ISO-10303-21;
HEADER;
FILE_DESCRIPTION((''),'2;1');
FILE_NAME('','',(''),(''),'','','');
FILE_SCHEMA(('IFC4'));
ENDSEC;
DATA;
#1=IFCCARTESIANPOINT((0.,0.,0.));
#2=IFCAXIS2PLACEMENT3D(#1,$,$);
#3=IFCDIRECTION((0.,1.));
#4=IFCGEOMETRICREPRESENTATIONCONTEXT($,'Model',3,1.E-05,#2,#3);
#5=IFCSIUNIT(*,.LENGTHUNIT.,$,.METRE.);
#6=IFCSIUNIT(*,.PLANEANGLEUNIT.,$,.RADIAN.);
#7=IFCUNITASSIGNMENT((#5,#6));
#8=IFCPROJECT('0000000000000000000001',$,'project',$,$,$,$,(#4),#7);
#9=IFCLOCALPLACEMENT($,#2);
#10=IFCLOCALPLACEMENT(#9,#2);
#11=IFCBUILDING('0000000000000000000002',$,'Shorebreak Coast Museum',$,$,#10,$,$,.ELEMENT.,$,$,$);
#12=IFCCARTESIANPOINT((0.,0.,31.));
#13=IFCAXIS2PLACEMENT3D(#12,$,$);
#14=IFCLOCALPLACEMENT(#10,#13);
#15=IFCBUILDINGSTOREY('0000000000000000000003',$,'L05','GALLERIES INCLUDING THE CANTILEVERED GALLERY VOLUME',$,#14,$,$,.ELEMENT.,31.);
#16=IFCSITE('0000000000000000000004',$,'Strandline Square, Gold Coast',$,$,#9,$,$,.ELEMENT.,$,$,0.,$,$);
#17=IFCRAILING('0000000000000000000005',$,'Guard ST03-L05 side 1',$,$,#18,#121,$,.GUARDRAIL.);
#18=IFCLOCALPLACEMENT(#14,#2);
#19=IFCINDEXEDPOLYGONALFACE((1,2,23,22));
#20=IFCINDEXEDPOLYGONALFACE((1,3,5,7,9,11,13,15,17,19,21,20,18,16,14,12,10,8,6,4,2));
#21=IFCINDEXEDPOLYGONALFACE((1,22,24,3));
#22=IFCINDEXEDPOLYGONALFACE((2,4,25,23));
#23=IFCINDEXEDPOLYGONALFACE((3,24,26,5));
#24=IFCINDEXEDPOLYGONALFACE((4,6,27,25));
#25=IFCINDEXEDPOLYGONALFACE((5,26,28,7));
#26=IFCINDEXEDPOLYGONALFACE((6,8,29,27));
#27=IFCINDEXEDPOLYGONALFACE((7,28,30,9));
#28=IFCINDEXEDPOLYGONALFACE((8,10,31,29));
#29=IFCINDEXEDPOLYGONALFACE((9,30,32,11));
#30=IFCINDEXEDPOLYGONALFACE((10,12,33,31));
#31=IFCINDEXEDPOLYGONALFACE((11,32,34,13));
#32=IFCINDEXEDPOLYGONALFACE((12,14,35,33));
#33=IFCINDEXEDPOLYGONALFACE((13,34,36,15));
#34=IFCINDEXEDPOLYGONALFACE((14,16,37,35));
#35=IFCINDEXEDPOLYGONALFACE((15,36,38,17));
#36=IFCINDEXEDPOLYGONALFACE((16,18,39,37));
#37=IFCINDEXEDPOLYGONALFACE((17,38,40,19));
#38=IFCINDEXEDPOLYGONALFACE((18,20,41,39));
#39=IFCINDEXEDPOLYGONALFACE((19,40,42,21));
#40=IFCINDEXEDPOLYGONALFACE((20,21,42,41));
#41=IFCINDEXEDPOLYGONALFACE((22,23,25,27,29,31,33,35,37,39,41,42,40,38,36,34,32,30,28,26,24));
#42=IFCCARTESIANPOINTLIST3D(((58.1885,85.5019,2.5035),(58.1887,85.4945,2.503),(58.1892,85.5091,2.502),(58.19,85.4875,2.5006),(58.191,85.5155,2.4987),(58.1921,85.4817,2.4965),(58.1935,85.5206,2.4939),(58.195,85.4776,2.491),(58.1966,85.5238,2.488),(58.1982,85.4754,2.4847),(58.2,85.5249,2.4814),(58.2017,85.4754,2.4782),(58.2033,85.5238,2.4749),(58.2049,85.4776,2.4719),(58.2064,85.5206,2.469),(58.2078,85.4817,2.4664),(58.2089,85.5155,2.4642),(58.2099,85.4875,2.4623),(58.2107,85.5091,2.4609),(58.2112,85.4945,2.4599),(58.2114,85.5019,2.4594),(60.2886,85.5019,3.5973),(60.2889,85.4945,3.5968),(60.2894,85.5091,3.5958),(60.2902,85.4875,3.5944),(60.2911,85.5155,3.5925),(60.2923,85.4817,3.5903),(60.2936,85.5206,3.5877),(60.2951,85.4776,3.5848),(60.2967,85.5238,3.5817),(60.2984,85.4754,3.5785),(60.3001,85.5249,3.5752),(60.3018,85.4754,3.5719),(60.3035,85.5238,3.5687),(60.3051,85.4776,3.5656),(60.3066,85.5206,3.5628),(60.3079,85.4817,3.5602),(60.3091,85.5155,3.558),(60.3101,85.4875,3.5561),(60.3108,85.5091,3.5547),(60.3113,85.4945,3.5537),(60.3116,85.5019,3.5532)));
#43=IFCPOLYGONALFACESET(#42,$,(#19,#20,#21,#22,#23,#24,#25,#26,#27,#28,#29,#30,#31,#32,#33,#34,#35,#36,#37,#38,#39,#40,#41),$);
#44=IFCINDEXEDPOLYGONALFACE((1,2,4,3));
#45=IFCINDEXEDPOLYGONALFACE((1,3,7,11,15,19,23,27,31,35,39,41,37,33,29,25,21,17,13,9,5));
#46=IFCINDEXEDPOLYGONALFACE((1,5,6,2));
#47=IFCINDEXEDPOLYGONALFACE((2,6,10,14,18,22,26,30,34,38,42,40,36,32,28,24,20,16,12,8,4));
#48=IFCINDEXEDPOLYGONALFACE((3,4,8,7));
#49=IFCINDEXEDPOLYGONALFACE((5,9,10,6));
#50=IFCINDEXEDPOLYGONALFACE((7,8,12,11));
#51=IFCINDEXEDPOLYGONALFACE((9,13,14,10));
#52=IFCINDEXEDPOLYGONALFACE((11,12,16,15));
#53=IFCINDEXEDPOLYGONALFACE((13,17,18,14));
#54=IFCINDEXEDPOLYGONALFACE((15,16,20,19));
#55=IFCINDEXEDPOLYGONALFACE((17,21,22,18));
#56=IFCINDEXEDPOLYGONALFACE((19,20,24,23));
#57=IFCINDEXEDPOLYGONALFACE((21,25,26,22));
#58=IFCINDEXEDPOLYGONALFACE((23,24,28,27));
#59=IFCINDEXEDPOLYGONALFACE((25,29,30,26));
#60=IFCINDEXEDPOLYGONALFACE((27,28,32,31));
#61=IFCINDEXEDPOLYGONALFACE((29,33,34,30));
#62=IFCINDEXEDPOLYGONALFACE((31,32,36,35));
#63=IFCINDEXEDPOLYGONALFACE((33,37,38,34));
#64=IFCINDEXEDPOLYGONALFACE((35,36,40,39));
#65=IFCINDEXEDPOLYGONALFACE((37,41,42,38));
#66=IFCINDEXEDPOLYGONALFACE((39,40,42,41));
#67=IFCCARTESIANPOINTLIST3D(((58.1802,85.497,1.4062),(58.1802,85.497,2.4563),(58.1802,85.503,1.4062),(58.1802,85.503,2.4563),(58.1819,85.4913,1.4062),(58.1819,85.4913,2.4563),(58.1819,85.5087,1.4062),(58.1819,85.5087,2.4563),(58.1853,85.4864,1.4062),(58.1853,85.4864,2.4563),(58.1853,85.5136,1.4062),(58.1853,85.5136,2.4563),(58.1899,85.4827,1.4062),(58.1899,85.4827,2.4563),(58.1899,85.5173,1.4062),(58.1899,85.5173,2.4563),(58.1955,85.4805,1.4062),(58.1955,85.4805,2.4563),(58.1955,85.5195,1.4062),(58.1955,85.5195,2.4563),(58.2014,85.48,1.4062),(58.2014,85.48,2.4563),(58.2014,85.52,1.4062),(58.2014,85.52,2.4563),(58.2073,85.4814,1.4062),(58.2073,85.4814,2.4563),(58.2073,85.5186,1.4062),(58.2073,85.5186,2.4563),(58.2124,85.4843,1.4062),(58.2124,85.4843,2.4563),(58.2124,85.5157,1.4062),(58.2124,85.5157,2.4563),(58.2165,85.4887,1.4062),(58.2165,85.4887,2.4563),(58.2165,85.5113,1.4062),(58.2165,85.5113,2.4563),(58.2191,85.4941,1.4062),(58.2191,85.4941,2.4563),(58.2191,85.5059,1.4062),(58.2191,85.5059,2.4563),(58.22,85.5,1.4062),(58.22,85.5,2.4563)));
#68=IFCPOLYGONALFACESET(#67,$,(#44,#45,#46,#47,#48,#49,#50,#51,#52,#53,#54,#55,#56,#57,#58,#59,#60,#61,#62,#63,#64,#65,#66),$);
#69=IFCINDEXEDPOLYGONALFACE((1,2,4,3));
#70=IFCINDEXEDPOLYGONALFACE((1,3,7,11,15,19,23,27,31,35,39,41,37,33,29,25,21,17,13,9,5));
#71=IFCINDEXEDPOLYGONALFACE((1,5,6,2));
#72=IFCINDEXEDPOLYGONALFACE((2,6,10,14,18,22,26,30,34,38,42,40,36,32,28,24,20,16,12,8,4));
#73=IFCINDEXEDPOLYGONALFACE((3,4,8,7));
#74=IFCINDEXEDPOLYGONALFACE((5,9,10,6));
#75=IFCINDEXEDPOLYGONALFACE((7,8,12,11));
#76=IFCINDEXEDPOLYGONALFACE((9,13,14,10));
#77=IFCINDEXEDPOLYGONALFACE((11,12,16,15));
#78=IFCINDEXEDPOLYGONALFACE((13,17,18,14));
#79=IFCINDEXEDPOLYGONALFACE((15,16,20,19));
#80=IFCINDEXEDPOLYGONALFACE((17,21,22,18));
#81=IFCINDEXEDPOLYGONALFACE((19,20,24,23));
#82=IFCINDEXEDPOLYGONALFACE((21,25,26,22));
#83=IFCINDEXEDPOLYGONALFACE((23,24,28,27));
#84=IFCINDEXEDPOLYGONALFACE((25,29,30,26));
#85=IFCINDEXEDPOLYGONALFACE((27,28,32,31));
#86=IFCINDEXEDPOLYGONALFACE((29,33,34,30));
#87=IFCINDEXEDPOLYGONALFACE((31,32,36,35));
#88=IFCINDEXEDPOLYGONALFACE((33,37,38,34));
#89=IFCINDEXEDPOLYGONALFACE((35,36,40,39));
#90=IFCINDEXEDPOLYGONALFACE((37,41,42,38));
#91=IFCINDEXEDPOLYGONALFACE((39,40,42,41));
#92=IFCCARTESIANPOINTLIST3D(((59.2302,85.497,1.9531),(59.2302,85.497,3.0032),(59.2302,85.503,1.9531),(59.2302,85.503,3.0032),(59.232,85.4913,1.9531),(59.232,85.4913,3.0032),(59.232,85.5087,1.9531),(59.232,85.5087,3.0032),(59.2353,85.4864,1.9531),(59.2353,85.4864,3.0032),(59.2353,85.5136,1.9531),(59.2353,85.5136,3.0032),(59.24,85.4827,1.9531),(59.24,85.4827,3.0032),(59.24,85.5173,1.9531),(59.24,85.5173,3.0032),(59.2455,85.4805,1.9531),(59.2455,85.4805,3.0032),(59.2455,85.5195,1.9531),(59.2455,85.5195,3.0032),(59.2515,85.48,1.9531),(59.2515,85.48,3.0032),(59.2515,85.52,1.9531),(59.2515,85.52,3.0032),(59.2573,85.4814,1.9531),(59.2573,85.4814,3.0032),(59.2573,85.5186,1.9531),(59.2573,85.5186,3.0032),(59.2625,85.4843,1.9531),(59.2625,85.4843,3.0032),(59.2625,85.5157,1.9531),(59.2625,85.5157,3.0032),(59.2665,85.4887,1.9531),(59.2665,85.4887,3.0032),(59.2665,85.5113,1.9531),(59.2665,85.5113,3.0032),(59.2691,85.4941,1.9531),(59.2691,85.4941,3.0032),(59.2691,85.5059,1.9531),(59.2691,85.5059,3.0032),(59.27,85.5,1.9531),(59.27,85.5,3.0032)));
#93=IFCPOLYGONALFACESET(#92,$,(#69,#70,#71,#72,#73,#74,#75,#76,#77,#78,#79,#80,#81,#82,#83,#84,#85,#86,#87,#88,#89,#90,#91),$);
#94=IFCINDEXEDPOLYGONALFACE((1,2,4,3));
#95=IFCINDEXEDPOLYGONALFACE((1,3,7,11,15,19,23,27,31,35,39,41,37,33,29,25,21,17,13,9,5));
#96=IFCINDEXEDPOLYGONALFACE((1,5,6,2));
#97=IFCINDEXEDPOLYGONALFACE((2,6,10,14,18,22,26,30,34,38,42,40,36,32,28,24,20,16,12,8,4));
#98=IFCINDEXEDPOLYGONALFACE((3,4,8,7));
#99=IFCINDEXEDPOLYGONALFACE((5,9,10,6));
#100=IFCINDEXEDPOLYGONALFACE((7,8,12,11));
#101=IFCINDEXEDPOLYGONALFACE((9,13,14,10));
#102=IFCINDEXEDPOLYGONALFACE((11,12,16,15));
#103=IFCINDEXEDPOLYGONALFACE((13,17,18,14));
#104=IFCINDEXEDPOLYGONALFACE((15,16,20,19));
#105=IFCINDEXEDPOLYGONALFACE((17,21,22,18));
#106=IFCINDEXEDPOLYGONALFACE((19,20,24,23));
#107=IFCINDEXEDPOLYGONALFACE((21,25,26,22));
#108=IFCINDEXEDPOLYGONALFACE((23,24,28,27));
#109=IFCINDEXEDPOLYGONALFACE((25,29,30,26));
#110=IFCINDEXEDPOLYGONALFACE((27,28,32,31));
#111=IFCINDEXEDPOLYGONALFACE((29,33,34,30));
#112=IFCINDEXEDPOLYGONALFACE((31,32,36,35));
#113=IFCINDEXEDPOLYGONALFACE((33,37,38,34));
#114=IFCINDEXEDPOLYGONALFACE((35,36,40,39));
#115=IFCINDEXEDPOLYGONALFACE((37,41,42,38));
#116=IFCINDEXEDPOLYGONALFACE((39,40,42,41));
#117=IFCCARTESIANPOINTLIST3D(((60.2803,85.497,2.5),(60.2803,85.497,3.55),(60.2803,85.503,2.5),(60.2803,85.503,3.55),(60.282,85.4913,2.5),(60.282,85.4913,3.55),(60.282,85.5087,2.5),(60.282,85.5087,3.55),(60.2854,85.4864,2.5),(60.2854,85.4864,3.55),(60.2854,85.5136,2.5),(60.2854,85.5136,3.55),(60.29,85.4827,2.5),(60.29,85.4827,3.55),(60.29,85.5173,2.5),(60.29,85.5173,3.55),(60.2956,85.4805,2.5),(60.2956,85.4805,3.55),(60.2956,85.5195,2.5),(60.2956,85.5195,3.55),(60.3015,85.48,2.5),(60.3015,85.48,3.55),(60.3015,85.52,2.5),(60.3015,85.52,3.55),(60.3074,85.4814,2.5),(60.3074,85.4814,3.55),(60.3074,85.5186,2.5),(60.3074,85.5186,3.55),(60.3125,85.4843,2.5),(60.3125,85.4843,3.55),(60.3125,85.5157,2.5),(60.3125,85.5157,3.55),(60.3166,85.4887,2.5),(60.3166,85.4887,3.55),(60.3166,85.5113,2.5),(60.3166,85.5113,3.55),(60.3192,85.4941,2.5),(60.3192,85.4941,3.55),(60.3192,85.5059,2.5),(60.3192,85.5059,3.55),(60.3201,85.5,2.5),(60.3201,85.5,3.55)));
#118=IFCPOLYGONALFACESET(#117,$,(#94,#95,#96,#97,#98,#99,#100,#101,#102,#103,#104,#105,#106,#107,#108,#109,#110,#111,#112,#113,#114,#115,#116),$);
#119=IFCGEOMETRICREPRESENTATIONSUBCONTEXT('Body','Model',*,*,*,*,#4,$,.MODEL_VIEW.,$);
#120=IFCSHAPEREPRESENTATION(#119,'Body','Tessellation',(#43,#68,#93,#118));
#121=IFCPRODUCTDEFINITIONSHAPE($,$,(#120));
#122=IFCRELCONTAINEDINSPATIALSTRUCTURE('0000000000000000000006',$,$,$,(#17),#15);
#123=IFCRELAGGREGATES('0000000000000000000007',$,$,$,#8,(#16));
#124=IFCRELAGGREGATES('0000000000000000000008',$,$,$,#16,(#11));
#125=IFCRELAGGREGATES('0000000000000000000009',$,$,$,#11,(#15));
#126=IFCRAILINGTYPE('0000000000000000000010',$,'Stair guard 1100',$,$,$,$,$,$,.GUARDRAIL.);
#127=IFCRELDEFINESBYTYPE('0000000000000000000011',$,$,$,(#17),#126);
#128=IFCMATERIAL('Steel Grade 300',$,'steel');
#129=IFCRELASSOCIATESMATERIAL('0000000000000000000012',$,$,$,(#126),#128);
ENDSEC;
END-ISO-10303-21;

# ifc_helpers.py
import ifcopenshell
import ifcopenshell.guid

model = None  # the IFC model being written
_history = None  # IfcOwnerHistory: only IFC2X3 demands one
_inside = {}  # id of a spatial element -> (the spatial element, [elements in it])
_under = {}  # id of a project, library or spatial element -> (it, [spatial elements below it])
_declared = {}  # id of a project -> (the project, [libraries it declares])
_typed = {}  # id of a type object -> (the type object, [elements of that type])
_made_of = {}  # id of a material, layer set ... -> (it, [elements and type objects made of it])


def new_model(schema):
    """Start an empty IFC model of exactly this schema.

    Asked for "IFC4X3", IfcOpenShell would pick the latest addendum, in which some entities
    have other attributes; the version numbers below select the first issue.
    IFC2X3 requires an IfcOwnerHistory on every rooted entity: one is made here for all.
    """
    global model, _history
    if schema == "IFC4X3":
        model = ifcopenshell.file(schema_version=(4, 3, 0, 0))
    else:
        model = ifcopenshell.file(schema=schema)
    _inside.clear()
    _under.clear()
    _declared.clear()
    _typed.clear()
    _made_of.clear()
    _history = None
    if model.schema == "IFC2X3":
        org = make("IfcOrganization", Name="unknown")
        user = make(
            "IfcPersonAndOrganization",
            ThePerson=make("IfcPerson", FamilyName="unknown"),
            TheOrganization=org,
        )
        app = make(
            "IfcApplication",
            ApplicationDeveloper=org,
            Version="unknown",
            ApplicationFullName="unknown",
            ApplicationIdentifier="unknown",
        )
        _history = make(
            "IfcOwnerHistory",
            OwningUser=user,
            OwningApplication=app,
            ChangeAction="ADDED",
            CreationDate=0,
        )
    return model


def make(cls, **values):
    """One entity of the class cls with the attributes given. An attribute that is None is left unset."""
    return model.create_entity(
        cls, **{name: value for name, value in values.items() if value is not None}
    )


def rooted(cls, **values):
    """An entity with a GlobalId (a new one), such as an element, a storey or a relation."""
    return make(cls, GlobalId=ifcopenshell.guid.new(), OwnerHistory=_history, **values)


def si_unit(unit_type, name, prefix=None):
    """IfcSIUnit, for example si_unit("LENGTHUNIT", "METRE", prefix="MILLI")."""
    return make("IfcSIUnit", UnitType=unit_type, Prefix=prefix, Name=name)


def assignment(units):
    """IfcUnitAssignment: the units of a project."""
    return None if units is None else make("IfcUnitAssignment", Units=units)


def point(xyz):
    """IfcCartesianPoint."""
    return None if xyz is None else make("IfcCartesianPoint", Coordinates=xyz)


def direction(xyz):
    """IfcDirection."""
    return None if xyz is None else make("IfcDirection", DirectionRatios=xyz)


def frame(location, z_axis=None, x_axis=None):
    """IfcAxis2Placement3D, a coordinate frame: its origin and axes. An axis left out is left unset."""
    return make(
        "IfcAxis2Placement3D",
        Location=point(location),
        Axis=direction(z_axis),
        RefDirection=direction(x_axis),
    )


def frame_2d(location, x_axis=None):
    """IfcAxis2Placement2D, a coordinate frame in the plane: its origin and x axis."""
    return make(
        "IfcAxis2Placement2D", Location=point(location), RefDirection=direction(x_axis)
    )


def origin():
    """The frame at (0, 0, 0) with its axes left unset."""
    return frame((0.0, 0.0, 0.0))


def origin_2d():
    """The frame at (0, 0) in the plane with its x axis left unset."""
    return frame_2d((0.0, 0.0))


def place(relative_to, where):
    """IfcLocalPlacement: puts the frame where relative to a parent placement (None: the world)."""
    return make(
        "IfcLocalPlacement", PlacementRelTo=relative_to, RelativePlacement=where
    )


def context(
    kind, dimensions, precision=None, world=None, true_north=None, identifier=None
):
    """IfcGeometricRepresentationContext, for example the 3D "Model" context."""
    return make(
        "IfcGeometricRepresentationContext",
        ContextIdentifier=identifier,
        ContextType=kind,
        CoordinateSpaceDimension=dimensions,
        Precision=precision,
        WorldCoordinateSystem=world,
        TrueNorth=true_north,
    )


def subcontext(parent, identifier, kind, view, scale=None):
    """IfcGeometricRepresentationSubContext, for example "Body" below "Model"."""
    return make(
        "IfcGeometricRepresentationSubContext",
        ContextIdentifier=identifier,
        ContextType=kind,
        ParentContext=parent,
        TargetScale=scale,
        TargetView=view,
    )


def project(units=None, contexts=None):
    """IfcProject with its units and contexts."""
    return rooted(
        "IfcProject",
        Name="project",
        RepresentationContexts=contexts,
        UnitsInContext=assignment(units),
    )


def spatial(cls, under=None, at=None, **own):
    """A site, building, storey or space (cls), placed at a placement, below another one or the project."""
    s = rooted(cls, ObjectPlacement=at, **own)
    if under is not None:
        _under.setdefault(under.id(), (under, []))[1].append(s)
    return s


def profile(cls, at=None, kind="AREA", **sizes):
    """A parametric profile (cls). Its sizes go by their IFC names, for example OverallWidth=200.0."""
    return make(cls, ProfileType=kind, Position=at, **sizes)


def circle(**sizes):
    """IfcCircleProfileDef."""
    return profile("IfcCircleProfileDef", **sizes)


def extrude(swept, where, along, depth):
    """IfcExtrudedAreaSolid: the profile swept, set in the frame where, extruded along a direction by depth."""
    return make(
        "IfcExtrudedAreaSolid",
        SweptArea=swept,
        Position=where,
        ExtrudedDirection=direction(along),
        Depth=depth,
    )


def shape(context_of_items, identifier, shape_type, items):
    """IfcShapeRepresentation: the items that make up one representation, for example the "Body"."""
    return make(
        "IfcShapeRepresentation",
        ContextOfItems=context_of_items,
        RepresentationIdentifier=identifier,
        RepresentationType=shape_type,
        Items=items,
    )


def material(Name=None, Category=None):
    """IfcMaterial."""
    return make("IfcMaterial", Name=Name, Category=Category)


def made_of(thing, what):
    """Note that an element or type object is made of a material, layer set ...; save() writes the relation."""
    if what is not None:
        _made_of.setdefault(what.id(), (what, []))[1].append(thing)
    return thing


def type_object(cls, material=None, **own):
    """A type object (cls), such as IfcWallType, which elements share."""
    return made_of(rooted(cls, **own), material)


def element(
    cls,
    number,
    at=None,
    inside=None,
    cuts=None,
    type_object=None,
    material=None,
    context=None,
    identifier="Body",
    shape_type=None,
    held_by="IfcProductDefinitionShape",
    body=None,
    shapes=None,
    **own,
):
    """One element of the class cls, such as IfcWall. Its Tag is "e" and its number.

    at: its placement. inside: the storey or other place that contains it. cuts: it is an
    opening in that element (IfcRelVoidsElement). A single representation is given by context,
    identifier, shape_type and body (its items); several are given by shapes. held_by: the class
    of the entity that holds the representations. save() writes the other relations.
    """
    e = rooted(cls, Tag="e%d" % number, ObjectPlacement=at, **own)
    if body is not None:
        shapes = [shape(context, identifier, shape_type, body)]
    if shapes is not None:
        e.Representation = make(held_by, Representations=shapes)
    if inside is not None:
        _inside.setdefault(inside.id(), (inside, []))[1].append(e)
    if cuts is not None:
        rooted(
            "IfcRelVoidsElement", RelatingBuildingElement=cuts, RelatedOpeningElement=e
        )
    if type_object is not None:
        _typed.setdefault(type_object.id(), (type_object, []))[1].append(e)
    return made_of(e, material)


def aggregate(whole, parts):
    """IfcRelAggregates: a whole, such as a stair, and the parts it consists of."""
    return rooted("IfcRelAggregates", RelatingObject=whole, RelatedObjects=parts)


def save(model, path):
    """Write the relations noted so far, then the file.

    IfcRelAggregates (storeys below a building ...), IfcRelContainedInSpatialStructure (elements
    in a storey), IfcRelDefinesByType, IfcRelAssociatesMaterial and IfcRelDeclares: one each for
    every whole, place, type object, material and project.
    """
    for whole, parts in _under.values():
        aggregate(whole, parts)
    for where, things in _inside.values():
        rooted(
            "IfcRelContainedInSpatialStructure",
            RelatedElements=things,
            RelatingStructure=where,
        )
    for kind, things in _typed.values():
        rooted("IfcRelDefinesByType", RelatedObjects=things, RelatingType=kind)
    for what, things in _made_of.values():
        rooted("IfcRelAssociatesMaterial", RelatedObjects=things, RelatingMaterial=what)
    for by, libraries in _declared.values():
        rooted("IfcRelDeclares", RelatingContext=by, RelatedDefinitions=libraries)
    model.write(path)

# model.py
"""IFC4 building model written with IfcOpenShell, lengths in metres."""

from ifc_helpers import new_model, si_unit, direction, frame, origin, origin_2d, place, context, subcontext, project, spatial, circle, extrude, material, type_object, element, save


model = new_model("IFC4")

# Units and contexts
model_context = context("Model", 3, precision=1e-05, world=origin(), true_north=direction((0.0, 1.0)))
body_context = subcontext(model_context, "Body", "Model", "MODEL_VIEW")
ifc_project = project(units=[si_unit("LENGTHUNIT", "METRE"), si_unit("PLANEANGLEUNIT", "RADIAN")], contexts=[model_context])

# Site, building, storey
site_placement = place(None, origin())
site = spatial("IfcSite", under=ifc_project, at=site_placement, Name="Strandline Square, Gold Coast", CompositionType="ELEMENT", RefElevation=0.0)
building_placement = place(site_placement, origin())
building = spatial("IfcBuilding", under=site, at=building_placement, Name="Shorebreak Coast Museum", CompositionType="ELEMENT")
storey_placement = place(building_placement, frame((0.0, 0.0, 31.0)))
storey = spatial("IfcBuildingStorey", under=building, at=storey_placement, Name="L05", Description="GALLERIES INCLUDING THE CANTILEVERED GALLERY VOLUME", CompositionType="ELEMENT", Elevation=31.0)

# Railing
ifc_material_1 = material(Name="Steel Grade 300", Category="steel")
railing_type_1 = type_object("IfcRailingType", Name="Stair guard 1100", PredefinedType="GUARDRAIL", material=ifc_material_1)
for number, where, name in (
    (1, (58.2, 85.5, 1.4062), "Guard ST03-L05 side 1"),
):
    element("IfcRailing", number, at=place(storey_placement, frame(where)), inside=storey, type_object=railing_type_1, Name=name, PredefinedType="GUARDRAIL", context=body_context, shape_type="SweptSolid", body=[
        extrude(circle(Radius=0.0249, at=origin_2d()), frame((0.0, 0.0, 1.0752), z_axis=(0.886923, 0.0, 0.461918), x_axis=(0.0, 1.0, 0.0)), (0.0, 0.0, 1.0), 2.3679),
        extrude(circle(Radius=0.02, at=origin_2d()), origin(), (0.0, 0.0, 1.0), 1.05),
        extrude(circle(Radius=0.02, at=origin_2d()), frame((1.05, 0.0, 0.5469)), (0.0, 0.0, 1.0), 1.05),
        extrude(circle(Radius=0.02, at=origin_2d()), frame((2.1001, 0.0, 1.0938)), (0.0, 0.0, 1.0), 1.05),
    ])

save(model, "model.ifc")
